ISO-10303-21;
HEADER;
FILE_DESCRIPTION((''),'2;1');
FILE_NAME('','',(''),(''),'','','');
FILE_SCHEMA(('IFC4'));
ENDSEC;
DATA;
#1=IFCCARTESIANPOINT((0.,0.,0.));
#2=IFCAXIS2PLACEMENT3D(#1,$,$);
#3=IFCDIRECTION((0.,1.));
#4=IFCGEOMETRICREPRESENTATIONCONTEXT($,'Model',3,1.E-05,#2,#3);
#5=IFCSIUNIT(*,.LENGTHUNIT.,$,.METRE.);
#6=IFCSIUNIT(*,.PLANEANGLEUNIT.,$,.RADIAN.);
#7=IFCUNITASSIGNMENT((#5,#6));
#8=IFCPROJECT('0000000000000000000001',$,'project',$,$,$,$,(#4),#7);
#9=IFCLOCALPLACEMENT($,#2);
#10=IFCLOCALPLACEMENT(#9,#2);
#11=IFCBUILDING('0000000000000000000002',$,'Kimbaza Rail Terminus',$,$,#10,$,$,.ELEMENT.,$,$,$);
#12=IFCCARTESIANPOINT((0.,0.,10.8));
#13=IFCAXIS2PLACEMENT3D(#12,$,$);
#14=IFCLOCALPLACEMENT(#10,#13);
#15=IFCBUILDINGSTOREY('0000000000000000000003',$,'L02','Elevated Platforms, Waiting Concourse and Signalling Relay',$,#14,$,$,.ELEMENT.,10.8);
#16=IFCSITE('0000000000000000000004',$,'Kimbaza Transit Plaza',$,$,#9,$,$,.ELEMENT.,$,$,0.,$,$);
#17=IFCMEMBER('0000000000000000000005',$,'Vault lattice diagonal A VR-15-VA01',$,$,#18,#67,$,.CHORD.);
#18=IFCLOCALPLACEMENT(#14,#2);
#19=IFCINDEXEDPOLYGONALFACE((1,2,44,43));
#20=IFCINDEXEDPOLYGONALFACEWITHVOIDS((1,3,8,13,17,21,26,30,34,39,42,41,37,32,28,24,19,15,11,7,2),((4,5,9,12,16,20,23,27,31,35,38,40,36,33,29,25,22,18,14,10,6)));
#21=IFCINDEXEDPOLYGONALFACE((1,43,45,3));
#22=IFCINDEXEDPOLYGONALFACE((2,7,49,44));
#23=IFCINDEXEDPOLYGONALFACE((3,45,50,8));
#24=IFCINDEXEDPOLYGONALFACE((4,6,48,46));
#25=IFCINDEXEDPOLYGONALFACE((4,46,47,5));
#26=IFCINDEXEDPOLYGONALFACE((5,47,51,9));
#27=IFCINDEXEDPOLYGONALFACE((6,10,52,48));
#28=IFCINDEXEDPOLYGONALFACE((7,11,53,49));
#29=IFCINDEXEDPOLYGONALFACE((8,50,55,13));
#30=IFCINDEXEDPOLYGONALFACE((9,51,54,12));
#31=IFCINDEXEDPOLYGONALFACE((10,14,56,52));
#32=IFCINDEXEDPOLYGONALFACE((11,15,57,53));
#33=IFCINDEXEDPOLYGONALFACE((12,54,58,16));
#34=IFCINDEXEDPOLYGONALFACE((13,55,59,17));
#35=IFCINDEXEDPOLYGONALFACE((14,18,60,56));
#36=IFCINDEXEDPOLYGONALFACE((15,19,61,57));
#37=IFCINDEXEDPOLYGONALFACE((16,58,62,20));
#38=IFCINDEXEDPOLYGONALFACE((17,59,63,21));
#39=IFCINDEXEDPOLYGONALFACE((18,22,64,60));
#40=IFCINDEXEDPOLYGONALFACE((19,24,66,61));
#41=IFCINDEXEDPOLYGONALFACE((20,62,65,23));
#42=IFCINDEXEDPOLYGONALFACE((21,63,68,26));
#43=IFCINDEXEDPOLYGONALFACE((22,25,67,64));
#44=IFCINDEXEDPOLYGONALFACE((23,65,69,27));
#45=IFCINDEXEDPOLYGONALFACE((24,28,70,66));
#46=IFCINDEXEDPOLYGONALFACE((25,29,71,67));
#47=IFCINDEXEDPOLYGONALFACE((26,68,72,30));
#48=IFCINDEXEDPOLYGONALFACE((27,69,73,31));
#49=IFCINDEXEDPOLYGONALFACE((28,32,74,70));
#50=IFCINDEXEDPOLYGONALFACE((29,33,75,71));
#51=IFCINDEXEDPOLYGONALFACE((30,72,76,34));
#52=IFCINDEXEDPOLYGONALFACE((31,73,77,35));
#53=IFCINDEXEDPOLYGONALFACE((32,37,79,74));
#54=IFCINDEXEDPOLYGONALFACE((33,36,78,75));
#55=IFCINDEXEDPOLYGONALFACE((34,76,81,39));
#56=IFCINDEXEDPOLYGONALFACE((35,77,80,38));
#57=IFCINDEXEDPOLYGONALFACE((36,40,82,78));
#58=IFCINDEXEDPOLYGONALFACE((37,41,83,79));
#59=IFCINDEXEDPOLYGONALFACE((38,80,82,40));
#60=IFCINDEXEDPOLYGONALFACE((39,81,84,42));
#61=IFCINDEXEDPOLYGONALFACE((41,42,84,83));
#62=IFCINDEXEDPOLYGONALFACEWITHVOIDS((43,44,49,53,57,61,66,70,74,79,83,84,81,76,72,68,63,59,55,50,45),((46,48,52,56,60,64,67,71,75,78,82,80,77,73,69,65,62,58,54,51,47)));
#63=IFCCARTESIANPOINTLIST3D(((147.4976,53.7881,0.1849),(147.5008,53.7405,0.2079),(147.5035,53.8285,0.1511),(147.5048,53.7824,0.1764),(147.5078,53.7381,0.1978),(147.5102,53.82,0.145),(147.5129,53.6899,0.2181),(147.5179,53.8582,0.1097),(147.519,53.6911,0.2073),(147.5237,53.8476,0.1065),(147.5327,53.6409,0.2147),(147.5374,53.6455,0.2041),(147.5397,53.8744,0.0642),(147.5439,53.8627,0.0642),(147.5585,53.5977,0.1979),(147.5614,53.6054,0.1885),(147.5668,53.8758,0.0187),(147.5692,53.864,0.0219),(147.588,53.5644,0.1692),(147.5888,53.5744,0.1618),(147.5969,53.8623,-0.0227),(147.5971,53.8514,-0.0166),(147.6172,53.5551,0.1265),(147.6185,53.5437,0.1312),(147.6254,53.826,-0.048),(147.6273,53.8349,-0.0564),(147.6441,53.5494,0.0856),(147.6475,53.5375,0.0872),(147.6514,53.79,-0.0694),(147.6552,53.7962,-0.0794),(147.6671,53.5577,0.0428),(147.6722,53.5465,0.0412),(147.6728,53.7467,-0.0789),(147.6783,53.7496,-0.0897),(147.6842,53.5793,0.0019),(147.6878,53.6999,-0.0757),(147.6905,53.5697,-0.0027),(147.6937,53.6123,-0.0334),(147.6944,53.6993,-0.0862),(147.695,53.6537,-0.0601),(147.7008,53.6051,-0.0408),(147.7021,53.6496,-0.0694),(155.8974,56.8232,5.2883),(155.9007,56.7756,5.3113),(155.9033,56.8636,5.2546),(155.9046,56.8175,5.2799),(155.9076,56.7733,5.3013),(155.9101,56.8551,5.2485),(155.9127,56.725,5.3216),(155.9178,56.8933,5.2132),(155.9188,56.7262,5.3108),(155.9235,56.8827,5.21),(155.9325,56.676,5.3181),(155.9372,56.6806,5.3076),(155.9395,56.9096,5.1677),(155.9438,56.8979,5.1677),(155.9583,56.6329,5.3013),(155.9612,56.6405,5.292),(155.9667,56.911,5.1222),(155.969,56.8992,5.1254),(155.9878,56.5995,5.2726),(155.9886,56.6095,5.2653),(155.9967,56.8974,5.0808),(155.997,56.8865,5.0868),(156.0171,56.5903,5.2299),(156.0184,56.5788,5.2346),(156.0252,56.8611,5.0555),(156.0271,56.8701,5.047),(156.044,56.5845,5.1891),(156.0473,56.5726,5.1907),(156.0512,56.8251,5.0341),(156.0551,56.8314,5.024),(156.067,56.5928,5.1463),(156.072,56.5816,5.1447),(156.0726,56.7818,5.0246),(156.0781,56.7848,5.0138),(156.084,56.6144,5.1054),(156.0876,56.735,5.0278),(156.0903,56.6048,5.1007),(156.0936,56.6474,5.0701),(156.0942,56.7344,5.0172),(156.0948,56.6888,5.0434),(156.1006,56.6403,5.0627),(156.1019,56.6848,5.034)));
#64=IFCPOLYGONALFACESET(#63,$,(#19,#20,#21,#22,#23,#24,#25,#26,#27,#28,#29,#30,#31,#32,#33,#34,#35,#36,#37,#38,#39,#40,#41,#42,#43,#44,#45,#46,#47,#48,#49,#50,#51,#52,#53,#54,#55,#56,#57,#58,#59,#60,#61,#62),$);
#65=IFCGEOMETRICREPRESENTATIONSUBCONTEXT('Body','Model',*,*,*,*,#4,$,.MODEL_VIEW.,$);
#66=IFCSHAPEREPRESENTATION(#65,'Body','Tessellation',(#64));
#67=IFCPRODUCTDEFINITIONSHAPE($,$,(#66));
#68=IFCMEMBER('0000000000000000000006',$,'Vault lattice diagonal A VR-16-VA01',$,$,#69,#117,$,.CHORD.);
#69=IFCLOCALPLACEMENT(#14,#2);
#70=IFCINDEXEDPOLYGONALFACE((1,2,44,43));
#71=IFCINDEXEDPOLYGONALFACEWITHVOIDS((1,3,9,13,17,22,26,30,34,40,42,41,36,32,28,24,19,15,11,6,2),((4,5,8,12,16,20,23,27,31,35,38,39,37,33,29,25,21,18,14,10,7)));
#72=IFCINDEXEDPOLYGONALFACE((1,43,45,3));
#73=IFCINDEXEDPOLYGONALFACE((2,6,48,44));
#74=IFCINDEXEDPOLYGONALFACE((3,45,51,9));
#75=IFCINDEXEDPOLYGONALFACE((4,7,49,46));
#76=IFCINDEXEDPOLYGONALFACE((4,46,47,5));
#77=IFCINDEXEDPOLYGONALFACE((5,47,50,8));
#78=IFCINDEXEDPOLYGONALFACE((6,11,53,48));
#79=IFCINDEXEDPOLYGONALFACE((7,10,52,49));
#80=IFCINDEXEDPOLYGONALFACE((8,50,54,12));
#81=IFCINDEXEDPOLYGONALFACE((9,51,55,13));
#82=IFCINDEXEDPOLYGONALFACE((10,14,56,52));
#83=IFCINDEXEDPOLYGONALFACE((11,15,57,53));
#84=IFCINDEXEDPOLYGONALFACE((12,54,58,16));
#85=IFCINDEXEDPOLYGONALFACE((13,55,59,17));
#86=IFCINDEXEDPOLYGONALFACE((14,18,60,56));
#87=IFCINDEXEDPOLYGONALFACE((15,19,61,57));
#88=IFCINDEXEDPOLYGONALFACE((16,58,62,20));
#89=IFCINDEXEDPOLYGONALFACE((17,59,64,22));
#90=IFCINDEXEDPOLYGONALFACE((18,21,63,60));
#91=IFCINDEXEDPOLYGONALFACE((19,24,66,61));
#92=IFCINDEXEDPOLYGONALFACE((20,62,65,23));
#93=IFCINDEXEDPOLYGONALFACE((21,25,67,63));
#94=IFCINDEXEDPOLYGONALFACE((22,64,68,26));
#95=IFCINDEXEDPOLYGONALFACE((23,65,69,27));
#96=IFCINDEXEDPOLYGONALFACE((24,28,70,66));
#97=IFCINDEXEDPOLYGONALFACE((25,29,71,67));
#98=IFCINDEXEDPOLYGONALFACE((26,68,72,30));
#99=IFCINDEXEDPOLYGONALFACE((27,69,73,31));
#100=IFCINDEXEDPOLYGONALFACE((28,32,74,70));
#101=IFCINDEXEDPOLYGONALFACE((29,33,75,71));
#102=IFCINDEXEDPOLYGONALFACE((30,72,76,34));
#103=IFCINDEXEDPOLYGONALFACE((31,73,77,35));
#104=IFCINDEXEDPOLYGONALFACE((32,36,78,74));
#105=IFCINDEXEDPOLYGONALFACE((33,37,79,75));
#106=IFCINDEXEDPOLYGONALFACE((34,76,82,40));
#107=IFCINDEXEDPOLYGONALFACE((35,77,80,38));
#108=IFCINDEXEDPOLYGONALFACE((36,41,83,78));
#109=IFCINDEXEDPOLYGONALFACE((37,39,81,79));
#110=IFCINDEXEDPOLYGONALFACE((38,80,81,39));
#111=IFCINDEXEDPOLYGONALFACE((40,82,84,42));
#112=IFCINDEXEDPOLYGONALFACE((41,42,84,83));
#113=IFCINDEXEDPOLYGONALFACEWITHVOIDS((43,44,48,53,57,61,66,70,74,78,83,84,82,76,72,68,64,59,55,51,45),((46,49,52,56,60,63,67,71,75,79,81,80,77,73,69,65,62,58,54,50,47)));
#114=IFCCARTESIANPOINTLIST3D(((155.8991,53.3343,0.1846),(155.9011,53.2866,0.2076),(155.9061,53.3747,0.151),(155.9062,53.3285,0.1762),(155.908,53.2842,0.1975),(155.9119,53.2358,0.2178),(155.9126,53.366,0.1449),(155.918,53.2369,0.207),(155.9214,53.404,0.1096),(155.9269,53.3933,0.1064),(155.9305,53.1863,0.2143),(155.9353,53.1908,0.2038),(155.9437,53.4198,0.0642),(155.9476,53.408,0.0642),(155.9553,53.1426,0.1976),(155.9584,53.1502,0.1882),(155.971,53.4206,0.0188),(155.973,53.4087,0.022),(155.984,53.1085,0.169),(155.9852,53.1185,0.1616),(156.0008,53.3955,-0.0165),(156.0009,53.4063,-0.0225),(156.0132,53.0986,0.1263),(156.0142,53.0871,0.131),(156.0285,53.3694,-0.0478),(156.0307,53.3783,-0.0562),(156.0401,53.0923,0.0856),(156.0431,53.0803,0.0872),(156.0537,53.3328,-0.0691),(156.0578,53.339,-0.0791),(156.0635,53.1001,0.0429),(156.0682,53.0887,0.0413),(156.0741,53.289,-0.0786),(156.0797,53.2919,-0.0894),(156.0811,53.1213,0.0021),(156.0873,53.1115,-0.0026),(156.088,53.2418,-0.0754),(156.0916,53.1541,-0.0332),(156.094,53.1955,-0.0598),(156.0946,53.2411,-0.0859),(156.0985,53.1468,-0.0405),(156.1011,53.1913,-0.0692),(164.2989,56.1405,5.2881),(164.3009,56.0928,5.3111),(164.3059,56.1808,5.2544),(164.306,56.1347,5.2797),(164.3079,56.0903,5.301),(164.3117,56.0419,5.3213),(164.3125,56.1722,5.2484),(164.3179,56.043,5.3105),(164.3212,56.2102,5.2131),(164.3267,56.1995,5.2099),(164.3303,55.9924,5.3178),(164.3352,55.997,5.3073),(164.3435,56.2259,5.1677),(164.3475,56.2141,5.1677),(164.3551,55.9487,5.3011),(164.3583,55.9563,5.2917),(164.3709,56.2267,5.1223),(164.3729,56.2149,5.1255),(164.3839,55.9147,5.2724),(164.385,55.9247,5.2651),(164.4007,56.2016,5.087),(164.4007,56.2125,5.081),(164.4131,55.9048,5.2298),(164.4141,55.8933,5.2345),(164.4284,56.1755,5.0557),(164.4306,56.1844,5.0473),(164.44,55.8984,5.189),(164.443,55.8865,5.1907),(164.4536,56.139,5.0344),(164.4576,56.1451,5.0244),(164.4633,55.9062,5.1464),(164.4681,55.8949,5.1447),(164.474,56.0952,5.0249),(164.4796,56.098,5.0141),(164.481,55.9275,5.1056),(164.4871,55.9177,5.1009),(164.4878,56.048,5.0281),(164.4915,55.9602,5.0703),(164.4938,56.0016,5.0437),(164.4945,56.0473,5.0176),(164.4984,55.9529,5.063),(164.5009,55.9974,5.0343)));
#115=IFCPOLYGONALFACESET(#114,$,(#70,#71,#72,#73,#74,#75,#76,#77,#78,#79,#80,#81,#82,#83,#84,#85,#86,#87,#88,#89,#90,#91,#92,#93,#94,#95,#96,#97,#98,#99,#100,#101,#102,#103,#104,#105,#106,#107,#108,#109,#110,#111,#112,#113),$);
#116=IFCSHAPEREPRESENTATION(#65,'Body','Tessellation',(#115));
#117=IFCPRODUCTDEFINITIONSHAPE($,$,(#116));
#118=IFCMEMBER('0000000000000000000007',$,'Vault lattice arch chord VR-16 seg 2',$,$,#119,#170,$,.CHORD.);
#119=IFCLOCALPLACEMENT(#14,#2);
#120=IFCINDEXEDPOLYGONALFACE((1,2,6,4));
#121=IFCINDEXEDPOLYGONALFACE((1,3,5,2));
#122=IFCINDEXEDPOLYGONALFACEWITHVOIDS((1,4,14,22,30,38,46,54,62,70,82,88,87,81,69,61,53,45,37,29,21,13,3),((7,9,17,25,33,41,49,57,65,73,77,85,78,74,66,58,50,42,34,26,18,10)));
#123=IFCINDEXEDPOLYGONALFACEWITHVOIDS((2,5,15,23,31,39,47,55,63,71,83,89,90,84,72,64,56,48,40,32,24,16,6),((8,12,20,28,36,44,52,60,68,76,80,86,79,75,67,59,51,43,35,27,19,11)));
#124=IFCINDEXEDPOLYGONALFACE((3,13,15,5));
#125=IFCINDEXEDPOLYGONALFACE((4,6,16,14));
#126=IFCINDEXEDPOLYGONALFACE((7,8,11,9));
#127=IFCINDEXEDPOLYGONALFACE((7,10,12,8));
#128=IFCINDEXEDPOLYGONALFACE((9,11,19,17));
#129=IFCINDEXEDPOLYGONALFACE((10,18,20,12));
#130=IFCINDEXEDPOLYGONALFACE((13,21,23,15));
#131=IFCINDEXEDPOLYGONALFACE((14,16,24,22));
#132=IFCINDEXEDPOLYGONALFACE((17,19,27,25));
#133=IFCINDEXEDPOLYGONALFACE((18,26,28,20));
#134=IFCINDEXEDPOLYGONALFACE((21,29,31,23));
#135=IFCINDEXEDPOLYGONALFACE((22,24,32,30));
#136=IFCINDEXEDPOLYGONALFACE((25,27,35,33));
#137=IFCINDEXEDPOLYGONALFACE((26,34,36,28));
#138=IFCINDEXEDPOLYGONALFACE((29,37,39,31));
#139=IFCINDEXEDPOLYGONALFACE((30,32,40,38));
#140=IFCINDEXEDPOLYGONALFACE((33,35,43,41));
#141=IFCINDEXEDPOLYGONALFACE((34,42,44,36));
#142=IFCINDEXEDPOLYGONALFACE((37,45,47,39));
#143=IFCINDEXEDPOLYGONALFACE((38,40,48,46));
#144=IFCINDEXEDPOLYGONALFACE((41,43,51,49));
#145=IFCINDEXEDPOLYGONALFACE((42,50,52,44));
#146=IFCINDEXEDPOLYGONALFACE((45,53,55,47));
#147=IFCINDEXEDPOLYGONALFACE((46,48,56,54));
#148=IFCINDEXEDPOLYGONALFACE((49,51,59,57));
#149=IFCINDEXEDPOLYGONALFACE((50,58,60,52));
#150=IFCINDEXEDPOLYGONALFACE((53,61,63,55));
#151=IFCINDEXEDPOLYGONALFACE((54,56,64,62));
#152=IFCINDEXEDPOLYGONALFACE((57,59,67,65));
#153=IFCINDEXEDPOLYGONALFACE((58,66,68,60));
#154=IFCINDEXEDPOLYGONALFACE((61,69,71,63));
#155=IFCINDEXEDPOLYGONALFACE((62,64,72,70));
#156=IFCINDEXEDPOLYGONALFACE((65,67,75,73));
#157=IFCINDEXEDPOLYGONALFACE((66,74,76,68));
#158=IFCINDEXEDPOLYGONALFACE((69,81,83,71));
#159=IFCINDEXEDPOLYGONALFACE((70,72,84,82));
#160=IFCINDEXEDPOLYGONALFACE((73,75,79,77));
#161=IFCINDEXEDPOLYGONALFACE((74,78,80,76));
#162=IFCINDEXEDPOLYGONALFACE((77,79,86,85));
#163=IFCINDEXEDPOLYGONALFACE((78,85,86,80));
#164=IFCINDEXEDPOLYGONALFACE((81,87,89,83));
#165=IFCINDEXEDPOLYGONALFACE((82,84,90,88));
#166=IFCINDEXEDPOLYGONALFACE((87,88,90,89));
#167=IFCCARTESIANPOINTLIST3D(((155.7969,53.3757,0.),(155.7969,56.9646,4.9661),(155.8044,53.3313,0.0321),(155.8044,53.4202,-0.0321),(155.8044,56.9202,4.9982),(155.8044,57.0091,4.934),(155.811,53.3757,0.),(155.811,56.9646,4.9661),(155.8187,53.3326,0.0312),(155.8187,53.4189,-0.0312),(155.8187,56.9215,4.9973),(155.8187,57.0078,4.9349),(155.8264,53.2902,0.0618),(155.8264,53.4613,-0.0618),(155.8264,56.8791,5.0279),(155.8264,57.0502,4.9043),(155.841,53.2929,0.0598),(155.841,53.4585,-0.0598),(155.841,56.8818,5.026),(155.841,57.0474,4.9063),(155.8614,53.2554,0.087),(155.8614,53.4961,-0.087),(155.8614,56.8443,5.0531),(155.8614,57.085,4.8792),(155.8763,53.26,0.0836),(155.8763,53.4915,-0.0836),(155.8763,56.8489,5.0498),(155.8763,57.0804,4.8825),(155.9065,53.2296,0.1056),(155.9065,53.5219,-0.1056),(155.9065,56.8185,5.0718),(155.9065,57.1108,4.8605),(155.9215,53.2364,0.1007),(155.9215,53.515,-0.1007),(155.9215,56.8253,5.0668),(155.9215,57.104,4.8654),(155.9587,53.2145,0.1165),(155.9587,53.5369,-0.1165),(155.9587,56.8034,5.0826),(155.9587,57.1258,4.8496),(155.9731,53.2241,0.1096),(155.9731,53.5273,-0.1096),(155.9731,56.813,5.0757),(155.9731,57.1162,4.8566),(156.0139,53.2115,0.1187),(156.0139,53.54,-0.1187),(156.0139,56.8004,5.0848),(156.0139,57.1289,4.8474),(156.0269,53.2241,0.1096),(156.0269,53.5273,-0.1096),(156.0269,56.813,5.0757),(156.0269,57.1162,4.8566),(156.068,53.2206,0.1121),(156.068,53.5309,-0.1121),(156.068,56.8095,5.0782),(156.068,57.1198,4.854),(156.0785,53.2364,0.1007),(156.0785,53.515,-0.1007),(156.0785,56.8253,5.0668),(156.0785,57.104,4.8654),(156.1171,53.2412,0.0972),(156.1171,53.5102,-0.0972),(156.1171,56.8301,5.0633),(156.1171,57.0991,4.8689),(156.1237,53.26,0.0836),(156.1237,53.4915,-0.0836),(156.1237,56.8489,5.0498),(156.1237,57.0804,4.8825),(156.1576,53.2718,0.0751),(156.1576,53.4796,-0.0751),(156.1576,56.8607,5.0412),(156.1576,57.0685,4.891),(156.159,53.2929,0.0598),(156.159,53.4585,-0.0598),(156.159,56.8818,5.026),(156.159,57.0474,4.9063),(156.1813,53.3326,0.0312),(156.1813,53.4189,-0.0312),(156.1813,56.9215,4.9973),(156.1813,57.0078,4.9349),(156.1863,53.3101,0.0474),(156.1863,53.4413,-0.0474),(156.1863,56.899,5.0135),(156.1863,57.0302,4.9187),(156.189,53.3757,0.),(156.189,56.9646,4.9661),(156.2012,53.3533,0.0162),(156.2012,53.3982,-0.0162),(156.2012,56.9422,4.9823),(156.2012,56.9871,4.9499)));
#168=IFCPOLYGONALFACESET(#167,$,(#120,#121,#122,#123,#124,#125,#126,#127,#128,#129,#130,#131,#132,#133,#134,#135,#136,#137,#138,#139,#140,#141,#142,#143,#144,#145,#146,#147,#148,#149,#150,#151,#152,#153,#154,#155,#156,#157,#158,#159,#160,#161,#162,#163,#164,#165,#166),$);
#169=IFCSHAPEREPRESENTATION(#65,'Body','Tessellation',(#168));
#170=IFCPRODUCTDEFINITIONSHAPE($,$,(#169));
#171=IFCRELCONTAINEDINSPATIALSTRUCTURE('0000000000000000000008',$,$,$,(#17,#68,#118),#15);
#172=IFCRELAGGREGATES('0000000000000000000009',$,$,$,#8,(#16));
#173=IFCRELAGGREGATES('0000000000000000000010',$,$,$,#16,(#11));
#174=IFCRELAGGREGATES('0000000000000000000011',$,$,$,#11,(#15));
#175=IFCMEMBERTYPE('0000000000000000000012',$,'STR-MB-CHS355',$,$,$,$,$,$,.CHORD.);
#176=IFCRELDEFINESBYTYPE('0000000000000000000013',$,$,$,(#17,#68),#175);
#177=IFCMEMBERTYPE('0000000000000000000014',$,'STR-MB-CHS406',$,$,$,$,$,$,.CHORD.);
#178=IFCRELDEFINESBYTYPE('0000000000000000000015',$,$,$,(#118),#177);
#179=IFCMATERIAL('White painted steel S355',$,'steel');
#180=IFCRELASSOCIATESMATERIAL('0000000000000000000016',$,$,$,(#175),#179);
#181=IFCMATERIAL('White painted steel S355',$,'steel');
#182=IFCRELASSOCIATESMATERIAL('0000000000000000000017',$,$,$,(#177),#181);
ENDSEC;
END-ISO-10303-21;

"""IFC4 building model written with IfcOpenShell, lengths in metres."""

from ifc_helpers import new_model, si_unit, direction, frame, origin, origin_2d, place, context, subcontext, project, spatial, hollow_circle, extrude, material, material_profile, profile_set, type_object, element, save


model = new_model("IFC4")

# Units and contexts
model_context = context("Model", 3, precision=1e-05, world=origin(), true_north=direction((0.0, 1.0)))
body_context = subcontext(model_context, "Body", "Model", "MODEL_VIEW")
ifc_project = project(units=[si_unit("LENGTHUNIT", "METRE"), si_unit("PLANEANGLEUNIT", "RADIAN")], contexts=[model_context])

# Site, building, storey
site_placement = place(None, origin())
site = spatial("IfcSite", under=ifc_project, at=site_placement, Name="Kimbaza Transit Plaza", CompositionType="ELEMENT", RefElevation=0.0)
building_placement = place(site_placement, origin())
building = spatial("IfcBuilding", under=site, at=building_placement, Name="Kimbaza Rail Terminus", CompositionType="ELEMENT")
storey_placement = place(building_placement, frame((0.0, 0.0, 10.8)))
storey = spatial("IfcBuildingStorey", under=building, at=storey_placement, Name="L02", Description="Elevated Platforms, Waiting Concourse and Signalling Relay", CompositionType="ELEMENT", Elevation=10.8)

# Members
ifc_material_1 = material(Name="White painted steel S355", Category="steel")
ifc_material_profile_1 = material_profile(ifc_material_1, hollow_circle(Radius=0.1777, WallThickness=0.0125, at=origin_2d()), Name="CHS 355.6x12.5")
ifc_profile_set_1 = profile_set([ifc_material_profile_1], Name="White painted steel S355")
member_type_1 = type_object("IfcMemberType", Name="STR-MB-CHS355", PredefinedType="CHORD", material=ifc_profile_set_1)
member_1_placement = place(storey_placement, frame((147.6001, 53.7073, 0.0642), z_axis=(0.816578, 0.295056, 0.496127), x_axis=(-0.339829, 0.940487, 0.0)))
element("IfcMember", 1, at=member_1_placement, inside=storey, type_object=member_type_1, Name="Vault lattice diagonal A VR-15-VA01", PredefinedType="CHORD", context=body_context, shape_type="SweptSolid", body=[
    extrude(hollow_circle(Radius=0.1777, WallThickness=0.0125, at=origin_2d()), origin(), (0.0, 0.0, 1.0), 10.2866),
])
member_2_placement = place(storey_placement, frame((156.0, 53.2512, 0.0642), z_axis=(0.821789, 0.274535, 0.499293), x_axis=(-0.316856, 0.948474, 0.0)))
element("IfcMember", 2, at=member_2_placement, inside=storey, type_object=member_type_1, Name="Vault lattice diagonal A VR-16-VA01", PredefinedType="CHORD", context=body_context, shape_type="SweptSolid", body=[
    extrude(hollow_circle(Radius=0.1777, WallThickness=0.0125, at=origin_2d()), origin(), (0.0, 0.0, 1.0), 10.2214),
])
ifc_material_2 = material(Name="White painted steel S355", Category="steel")
ifc_material_profile_2 = material_profile(ifc_material_2, hollow_circle(Radius=0.2031, WallThickness=0.0142, at=origin_2d()), Name="CHS 406.4x14.2")
ifc_profile_set_2 = profile_set([ifc_material_profile_2], Name="White painted steel S355")
member_type_2 = type_object("IfcMemberType", Name="STR-MB-CHS406", PredefinedType="CHORD", material=ifc_profile_set_2)
member_3_placement = place(storey_placement, frame((156.0, 53.3757, 0.0), z_axis=(0.0, 0.585733, 0.810504), x_axis=(-1.0, 0.0, 0.0)))
element("IfcMember", 3, at=member_3_placement, inside=storey, type_object=member_type_2, Name="Vault lattice arch chord VR-16 seg 2", PredefinedType="CHORD", context=body_context, shape_type="SweptSolid", body=[
    extrude(hollow_circle(Radius=0.2031, WallThickness=0.0142, at=origin_2d()), origin(), (0.0, 0.0, 1.0), 6.1272),
])

save(model, "model.ifc")
